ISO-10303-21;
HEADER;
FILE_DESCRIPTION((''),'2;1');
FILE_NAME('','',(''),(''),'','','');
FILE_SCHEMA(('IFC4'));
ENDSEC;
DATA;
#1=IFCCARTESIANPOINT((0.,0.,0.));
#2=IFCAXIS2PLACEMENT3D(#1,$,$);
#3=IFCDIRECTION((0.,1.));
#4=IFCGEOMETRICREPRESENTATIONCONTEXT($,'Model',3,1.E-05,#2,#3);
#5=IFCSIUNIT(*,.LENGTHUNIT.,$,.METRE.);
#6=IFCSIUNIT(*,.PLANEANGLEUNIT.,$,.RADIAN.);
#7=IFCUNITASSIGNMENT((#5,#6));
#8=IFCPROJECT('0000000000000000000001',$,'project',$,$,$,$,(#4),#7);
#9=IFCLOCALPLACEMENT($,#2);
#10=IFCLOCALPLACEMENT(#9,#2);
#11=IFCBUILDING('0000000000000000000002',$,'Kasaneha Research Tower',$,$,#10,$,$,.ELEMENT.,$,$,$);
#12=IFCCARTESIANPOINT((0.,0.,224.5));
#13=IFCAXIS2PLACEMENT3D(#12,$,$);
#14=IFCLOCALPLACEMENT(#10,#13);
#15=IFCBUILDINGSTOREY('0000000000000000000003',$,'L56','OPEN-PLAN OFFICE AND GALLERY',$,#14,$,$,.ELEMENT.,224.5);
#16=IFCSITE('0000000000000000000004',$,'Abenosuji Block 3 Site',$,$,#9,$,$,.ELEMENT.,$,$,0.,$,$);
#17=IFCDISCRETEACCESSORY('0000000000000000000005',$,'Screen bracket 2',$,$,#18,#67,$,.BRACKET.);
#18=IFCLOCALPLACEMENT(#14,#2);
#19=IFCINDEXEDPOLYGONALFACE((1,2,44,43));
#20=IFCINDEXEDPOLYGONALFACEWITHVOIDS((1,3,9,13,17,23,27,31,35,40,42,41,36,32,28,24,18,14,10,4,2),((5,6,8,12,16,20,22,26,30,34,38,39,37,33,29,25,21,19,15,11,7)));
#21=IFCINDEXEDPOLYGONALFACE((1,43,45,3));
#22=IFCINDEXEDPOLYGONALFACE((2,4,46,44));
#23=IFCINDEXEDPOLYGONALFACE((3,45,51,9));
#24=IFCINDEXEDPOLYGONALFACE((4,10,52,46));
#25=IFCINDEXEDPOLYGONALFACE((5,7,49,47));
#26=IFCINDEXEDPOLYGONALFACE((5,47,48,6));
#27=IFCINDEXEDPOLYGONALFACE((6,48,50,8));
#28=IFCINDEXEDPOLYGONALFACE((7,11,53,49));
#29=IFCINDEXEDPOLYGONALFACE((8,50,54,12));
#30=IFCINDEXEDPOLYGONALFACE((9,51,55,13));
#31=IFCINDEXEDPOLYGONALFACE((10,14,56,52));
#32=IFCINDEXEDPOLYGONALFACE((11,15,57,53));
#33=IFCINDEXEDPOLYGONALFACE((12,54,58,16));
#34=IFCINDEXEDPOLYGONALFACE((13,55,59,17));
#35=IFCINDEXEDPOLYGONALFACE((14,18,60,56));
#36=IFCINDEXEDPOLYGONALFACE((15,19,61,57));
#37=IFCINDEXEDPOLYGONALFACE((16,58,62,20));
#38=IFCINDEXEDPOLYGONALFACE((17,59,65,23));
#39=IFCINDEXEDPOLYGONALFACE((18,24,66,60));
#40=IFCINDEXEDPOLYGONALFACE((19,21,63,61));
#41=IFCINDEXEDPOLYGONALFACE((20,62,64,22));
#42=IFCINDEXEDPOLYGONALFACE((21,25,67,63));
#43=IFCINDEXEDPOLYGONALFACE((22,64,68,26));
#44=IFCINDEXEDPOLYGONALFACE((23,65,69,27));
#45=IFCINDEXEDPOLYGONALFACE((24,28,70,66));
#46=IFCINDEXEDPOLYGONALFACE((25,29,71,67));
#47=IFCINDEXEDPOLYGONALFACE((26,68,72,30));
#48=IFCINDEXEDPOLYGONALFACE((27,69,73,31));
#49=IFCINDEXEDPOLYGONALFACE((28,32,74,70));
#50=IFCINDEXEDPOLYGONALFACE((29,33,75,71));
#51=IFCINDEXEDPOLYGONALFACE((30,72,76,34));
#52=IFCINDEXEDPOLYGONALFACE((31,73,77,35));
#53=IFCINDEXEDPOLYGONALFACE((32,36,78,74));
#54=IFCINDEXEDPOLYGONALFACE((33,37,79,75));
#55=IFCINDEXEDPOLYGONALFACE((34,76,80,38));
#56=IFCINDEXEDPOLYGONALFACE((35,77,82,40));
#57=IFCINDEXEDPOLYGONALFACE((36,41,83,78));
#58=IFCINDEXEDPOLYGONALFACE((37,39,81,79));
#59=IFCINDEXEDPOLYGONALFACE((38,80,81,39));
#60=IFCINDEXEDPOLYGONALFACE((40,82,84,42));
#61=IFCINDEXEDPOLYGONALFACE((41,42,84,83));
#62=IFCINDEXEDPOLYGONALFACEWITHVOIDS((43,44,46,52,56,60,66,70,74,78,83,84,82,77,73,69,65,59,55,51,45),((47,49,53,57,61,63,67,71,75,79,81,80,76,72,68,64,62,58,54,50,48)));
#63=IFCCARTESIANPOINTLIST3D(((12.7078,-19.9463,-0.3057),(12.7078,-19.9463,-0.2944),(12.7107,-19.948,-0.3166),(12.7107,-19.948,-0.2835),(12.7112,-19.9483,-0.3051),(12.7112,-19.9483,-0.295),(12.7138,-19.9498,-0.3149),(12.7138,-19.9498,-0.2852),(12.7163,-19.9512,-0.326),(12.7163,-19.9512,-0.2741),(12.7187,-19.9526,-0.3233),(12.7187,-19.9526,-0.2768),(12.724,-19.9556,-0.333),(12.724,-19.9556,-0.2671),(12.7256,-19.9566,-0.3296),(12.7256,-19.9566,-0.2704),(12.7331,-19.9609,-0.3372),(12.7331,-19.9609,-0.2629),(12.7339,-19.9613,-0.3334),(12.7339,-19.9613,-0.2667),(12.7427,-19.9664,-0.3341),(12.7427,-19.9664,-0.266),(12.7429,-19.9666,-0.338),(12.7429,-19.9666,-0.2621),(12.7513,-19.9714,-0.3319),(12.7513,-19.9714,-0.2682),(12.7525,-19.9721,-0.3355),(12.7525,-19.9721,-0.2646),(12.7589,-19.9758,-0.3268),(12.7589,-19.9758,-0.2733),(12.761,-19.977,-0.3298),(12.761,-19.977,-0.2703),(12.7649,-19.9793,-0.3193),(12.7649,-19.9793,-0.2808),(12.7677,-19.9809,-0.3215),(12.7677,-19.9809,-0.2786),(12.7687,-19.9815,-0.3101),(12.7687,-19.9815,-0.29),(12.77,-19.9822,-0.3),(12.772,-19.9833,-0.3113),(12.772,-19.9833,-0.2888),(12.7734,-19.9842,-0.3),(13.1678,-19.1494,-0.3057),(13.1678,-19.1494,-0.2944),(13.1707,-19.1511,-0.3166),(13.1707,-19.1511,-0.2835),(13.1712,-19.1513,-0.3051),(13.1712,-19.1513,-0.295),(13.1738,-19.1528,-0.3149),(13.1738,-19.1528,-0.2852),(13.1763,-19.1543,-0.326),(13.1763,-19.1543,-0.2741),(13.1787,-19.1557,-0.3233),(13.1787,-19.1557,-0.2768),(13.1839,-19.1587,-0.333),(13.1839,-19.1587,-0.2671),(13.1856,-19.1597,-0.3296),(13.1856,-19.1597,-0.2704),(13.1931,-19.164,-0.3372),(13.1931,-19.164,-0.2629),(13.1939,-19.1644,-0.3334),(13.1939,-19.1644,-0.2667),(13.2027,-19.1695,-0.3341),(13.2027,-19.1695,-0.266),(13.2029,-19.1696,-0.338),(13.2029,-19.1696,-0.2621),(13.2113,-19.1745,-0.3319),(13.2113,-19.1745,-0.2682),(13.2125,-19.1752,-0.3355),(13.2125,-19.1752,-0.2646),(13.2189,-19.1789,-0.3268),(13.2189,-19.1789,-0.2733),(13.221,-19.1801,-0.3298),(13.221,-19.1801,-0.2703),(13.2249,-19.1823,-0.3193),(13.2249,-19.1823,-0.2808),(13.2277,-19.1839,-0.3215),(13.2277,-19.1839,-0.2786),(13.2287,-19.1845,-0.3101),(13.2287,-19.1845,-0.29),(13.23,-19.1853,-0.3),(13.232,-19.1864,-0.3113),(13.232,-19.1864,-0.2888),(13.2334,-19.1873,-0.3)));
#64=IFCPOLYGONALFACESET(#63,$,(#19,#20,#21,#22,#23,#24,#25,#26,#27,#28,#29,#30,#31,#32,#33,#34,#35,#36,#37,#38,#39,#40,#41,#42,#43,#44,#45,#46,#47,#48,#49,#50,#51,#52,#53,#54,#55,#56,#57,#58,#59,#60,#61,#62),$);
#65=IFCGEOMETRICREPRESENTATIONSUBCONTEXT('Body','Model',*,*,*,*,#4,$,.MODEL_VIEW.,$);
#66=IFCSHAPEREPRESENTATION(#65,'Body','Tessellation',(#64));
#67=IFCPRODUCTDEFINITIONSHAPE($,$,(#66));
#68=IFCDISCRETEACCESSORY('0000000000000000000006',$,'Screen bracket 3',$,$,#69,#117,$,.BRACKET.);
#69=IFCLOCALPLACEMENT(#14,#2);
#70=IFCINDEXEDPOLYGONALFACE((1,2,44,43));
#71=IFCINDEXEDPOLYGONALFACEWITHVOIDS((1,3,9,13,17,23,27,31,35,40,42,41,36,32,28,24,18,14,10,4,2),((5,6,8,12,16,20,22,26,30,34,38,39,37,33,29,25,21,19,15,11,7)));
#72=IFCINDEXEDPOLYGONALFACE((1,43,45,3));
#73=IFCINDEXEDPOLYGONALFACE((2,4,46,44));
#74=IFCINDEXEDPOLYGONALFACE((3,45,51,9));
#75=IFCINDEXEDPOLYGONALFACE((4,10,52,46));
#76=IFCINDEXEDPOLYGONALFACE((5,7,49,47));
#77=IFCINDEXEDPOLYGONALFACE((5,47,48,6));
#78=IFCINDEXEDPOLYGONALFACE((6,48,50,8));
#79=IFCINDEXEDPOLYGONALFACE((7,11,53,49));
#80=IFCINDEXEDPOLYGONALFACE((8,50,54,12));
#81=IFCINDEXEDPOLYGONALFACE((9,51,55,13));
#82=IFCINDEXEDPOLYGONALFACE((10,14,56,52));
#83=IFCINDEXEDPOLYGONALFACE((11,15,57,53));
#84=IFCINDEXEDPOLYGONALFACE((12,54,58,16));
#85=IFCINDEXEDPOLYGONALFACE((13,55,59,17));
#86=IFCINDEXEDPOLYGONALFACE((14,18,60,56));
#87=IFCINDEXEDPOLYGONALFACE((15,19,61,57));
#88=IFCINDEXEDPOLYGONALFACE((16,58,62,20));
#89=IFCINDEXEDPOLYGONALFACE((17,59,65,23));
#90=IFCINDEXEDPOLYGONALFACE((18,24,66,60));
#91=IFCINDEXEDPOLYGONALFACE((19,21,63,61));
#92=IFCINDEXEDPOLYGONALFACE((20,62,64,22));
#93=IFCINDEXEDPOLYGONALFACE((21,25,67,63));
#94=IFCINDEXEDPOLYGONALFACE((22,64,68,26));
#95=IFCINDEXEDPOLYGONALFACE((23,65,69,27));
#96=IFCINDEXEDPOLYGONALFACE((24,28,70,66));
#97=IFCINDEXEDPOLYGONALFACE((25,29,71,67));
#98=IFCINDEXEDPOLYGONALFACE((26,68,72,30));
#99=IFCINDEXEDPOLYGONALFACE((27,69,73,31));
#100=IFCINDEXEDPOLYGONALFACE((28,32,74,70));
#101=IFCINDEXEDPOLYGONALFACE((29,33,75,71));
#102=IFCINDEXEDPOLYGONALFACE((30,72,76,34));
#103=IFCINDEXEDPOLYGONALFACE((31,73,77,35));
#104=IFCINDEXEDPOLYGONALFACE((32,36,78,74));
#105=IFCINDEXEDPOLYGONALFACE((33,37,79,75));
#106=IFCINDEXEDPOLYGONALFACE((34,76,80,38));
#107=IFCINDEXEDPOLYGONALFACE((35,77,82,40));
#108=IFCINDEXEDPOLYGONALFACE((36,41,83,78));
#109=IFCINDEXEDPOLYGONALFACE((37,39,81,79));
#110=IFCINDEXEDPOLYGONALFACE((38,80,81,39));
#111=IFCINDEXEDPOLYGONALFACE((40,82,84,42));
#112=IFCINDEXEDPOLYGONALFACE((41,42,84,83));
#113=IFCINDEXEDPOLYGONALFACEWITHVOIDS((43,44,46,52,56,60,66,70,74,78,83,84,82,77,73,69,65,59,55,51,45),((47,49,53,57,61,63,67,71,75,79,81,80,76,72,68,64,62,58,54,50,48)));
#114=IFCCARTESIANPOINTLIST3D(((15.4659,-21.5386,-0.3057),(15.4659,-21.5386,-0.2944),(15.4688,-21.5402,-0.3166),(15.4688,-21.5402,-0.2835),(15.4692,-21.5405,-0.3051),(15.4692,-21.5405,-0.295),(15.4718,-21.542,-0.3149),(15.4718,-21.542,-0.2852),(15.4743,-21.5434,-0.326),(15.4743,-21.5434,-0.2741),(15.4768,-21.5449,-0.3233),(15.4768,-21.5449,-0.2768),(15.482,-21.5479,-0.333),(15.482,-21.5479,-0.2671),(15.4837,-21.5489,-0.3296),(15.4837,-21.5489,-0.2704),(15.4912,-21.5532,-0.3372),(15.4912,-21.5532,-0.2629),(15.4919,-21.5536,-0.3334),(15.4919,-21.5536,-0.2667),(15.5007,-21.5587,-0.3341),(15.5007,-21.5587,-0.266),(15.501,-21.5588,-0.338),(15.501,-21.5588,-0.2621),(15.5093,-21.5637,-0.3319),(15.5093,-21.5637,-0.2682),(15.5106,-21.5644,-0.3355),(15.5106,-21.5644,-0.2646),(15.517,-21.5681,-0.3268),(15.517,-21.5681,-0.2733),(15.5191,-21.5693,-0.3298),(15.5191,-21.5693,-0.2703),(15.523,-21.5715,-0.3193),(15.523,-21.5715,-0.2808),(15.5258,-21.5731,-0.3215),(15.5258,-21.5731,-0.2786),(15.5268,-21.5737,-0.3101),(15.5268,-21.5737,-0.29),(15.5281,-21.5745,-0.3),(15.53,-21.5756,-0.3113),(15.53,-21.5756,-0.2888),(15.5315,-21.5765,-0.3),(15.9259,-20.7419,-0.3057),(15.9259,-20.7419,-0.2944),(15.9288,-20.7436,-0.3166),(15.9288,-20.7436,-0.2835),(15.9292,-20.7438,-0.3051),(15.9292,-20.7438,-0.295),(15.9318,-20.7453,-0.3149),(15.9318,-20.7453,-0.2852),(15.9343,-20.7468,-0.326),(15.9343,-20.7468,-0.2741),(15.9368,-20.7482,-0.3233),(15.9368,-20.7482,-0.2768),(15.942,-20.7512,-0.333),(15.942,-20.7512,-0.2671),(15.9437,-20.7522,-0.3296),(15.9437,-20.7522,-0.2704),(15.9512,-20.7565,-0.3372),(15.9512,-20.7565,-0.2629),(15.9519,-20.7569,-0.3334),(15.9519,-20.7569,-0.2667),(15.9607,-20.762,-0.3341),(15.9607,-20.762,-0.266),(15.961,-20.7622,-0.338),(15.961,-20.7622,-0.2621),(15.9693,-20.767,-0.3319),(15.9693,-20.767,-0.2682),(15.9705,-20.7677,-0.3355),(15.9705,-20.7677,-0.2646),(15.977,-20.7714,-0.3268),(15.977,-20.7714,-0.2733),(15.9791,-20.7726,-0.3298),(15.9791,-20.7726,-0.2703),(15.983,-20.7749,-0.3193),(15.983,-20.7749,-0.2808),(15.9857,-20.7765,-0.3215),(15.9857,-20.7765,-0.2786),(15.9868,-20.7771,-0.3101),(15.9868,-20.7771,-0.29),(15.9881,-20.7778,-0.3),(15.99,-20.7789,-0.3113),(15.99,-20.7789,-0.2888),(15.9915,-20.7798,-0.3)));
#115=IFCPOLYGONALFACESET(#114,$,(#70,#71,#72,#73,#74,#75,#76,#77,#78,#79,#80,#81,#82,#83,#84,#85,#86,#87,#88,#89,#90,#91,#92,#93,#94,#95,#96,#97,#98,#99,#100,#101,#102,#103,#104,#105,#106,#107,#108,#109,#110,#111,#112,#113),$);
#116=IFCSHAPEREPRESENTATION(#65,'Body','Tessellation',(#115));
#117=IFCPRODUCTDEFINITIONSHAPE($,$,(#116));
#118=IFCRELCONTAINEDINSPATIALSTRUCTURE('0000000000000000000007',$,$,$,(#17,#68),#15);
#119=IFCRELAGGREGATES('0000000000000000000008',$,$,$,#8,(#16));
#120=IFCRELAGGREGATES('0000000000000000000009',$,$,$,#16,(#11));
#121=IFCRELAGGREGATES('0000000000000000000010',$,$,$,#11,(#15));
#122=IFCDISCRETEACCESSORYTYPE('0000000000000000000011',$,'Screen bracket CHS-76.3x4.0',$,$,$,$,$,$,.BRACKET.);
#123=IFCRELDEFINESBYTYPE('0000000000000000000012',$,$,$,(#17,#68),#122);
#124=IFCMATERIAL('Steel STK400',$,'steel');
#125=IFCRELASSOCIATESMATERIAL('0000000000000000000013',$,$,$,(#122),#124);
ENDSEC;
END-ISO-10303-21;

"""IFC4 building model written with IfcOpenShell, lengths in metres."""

from ifc_helpers import new_model, si_unit, direction, frame, origin, origin_2d, place, context, subcontext, project, spatial, hollow_circle, extrude, material, material_profile, profile_set, type_object, element, save


model = new_model("IFC4")

# Units and contexts
model_context = context("Model", 3, precision=1e-05, world=origin(), true_north=direction((0.0, 1.0)))
body_context = subcontext(model_context, "Body", "Model", "MODEL_VIEW")
ifc_project = project(units=[si_unit("LENGTHUNIT", "METRE"), si_unit("PLANEANGLEUNIT", "RADIAN")], contexts=[model_context])

# Site, building, storey
site_placement = place(None, origin())
site = spatial("IfcSite", under=ifc_project, at=site_placement, Name="Abenosuji Block 3 Site", CompositionType="ELEMENT", RefElevation=0.0)
building_placement = place(site_placement, origin())
building = spatial("IfcBuilding", under=site, at=building_placement, Name="Kasaneha Research Tower", CompositionType="ELEMENT")
storey_placement = place(building_placement, frame((0.0, 0.0, 224.5)))
storey = spatial("IfcBuildingStorey", under=building, at=storey_placement, Name="L56", Description="OPEN-PLAN OFFICE AND GALLERY", CompositionType="ELEMENT", Elevation=224.5)

# Discrete accessories
ifc_material_1 = material(Name="Steel STK400", Category="steel")
ifc_material_profile_1 = material_profile(ifc_material_1, hollow_circle(Radius=0.0381, WallThickness=0.0039, at=origin_2d()), Name="CHS-76.3x4.0")
ifc_profile_set_1 = profile_set([ifc_material_profile_1], Name="Steel STK400")
discrete_accessory_type = type_object("IfcDiscreteAccessoryType", Name="Screen bracket CHS-76.3x4.0", PredefinedType="BRACKET", material=ifc_profile_set_1)
discrete_accessory_1_placement = place(storey_placement, frame((13.2004, -19.1682, -0.3), z_axis=(-0.499906, -0.86608, 0.0), x_axis=(0.86608, -0.499906, 0.0)))
element("IfcDiscreteAccessory", 1, at=discrete_accessory_1_placement, inside=storey, type_object=discrete_accessory_type, Name="Screen bracket 2", PredefinedType="BRACKET", context=body_context, shape_type="SweptSolid", body=[
    extrude(hollow_circle(Radius=0.0381, WallThickness=0.0039, at=origin_2d()), origin(), (0.0, 0.0, 1.0), 0.9202),
])
discrete_accessory_2_placement = place(storey_placement, frame((15.9585, -20.7607, -0.3), z_axis=(-0.500021, -0.866013, 0.0), x_axis=(0.866013, -0.500021, 0.0)))
element("IfcDiscreteAccessory", 2, at=discrete_accessory_2_placement, inside=storey, type_object=discrete_accessory_type, Name="Screen bracket 3", PredefinedType="BRACKET", context=body_context, shape_type="SweptSolid", body=[
    extrude(hollow_circle(Radius=0.0381, WallThickness=0.0039, at=origin_2d()), origin(), (0.0, 0.0, 1.0), 0.9199),
])

save(model, "model.ifc")
